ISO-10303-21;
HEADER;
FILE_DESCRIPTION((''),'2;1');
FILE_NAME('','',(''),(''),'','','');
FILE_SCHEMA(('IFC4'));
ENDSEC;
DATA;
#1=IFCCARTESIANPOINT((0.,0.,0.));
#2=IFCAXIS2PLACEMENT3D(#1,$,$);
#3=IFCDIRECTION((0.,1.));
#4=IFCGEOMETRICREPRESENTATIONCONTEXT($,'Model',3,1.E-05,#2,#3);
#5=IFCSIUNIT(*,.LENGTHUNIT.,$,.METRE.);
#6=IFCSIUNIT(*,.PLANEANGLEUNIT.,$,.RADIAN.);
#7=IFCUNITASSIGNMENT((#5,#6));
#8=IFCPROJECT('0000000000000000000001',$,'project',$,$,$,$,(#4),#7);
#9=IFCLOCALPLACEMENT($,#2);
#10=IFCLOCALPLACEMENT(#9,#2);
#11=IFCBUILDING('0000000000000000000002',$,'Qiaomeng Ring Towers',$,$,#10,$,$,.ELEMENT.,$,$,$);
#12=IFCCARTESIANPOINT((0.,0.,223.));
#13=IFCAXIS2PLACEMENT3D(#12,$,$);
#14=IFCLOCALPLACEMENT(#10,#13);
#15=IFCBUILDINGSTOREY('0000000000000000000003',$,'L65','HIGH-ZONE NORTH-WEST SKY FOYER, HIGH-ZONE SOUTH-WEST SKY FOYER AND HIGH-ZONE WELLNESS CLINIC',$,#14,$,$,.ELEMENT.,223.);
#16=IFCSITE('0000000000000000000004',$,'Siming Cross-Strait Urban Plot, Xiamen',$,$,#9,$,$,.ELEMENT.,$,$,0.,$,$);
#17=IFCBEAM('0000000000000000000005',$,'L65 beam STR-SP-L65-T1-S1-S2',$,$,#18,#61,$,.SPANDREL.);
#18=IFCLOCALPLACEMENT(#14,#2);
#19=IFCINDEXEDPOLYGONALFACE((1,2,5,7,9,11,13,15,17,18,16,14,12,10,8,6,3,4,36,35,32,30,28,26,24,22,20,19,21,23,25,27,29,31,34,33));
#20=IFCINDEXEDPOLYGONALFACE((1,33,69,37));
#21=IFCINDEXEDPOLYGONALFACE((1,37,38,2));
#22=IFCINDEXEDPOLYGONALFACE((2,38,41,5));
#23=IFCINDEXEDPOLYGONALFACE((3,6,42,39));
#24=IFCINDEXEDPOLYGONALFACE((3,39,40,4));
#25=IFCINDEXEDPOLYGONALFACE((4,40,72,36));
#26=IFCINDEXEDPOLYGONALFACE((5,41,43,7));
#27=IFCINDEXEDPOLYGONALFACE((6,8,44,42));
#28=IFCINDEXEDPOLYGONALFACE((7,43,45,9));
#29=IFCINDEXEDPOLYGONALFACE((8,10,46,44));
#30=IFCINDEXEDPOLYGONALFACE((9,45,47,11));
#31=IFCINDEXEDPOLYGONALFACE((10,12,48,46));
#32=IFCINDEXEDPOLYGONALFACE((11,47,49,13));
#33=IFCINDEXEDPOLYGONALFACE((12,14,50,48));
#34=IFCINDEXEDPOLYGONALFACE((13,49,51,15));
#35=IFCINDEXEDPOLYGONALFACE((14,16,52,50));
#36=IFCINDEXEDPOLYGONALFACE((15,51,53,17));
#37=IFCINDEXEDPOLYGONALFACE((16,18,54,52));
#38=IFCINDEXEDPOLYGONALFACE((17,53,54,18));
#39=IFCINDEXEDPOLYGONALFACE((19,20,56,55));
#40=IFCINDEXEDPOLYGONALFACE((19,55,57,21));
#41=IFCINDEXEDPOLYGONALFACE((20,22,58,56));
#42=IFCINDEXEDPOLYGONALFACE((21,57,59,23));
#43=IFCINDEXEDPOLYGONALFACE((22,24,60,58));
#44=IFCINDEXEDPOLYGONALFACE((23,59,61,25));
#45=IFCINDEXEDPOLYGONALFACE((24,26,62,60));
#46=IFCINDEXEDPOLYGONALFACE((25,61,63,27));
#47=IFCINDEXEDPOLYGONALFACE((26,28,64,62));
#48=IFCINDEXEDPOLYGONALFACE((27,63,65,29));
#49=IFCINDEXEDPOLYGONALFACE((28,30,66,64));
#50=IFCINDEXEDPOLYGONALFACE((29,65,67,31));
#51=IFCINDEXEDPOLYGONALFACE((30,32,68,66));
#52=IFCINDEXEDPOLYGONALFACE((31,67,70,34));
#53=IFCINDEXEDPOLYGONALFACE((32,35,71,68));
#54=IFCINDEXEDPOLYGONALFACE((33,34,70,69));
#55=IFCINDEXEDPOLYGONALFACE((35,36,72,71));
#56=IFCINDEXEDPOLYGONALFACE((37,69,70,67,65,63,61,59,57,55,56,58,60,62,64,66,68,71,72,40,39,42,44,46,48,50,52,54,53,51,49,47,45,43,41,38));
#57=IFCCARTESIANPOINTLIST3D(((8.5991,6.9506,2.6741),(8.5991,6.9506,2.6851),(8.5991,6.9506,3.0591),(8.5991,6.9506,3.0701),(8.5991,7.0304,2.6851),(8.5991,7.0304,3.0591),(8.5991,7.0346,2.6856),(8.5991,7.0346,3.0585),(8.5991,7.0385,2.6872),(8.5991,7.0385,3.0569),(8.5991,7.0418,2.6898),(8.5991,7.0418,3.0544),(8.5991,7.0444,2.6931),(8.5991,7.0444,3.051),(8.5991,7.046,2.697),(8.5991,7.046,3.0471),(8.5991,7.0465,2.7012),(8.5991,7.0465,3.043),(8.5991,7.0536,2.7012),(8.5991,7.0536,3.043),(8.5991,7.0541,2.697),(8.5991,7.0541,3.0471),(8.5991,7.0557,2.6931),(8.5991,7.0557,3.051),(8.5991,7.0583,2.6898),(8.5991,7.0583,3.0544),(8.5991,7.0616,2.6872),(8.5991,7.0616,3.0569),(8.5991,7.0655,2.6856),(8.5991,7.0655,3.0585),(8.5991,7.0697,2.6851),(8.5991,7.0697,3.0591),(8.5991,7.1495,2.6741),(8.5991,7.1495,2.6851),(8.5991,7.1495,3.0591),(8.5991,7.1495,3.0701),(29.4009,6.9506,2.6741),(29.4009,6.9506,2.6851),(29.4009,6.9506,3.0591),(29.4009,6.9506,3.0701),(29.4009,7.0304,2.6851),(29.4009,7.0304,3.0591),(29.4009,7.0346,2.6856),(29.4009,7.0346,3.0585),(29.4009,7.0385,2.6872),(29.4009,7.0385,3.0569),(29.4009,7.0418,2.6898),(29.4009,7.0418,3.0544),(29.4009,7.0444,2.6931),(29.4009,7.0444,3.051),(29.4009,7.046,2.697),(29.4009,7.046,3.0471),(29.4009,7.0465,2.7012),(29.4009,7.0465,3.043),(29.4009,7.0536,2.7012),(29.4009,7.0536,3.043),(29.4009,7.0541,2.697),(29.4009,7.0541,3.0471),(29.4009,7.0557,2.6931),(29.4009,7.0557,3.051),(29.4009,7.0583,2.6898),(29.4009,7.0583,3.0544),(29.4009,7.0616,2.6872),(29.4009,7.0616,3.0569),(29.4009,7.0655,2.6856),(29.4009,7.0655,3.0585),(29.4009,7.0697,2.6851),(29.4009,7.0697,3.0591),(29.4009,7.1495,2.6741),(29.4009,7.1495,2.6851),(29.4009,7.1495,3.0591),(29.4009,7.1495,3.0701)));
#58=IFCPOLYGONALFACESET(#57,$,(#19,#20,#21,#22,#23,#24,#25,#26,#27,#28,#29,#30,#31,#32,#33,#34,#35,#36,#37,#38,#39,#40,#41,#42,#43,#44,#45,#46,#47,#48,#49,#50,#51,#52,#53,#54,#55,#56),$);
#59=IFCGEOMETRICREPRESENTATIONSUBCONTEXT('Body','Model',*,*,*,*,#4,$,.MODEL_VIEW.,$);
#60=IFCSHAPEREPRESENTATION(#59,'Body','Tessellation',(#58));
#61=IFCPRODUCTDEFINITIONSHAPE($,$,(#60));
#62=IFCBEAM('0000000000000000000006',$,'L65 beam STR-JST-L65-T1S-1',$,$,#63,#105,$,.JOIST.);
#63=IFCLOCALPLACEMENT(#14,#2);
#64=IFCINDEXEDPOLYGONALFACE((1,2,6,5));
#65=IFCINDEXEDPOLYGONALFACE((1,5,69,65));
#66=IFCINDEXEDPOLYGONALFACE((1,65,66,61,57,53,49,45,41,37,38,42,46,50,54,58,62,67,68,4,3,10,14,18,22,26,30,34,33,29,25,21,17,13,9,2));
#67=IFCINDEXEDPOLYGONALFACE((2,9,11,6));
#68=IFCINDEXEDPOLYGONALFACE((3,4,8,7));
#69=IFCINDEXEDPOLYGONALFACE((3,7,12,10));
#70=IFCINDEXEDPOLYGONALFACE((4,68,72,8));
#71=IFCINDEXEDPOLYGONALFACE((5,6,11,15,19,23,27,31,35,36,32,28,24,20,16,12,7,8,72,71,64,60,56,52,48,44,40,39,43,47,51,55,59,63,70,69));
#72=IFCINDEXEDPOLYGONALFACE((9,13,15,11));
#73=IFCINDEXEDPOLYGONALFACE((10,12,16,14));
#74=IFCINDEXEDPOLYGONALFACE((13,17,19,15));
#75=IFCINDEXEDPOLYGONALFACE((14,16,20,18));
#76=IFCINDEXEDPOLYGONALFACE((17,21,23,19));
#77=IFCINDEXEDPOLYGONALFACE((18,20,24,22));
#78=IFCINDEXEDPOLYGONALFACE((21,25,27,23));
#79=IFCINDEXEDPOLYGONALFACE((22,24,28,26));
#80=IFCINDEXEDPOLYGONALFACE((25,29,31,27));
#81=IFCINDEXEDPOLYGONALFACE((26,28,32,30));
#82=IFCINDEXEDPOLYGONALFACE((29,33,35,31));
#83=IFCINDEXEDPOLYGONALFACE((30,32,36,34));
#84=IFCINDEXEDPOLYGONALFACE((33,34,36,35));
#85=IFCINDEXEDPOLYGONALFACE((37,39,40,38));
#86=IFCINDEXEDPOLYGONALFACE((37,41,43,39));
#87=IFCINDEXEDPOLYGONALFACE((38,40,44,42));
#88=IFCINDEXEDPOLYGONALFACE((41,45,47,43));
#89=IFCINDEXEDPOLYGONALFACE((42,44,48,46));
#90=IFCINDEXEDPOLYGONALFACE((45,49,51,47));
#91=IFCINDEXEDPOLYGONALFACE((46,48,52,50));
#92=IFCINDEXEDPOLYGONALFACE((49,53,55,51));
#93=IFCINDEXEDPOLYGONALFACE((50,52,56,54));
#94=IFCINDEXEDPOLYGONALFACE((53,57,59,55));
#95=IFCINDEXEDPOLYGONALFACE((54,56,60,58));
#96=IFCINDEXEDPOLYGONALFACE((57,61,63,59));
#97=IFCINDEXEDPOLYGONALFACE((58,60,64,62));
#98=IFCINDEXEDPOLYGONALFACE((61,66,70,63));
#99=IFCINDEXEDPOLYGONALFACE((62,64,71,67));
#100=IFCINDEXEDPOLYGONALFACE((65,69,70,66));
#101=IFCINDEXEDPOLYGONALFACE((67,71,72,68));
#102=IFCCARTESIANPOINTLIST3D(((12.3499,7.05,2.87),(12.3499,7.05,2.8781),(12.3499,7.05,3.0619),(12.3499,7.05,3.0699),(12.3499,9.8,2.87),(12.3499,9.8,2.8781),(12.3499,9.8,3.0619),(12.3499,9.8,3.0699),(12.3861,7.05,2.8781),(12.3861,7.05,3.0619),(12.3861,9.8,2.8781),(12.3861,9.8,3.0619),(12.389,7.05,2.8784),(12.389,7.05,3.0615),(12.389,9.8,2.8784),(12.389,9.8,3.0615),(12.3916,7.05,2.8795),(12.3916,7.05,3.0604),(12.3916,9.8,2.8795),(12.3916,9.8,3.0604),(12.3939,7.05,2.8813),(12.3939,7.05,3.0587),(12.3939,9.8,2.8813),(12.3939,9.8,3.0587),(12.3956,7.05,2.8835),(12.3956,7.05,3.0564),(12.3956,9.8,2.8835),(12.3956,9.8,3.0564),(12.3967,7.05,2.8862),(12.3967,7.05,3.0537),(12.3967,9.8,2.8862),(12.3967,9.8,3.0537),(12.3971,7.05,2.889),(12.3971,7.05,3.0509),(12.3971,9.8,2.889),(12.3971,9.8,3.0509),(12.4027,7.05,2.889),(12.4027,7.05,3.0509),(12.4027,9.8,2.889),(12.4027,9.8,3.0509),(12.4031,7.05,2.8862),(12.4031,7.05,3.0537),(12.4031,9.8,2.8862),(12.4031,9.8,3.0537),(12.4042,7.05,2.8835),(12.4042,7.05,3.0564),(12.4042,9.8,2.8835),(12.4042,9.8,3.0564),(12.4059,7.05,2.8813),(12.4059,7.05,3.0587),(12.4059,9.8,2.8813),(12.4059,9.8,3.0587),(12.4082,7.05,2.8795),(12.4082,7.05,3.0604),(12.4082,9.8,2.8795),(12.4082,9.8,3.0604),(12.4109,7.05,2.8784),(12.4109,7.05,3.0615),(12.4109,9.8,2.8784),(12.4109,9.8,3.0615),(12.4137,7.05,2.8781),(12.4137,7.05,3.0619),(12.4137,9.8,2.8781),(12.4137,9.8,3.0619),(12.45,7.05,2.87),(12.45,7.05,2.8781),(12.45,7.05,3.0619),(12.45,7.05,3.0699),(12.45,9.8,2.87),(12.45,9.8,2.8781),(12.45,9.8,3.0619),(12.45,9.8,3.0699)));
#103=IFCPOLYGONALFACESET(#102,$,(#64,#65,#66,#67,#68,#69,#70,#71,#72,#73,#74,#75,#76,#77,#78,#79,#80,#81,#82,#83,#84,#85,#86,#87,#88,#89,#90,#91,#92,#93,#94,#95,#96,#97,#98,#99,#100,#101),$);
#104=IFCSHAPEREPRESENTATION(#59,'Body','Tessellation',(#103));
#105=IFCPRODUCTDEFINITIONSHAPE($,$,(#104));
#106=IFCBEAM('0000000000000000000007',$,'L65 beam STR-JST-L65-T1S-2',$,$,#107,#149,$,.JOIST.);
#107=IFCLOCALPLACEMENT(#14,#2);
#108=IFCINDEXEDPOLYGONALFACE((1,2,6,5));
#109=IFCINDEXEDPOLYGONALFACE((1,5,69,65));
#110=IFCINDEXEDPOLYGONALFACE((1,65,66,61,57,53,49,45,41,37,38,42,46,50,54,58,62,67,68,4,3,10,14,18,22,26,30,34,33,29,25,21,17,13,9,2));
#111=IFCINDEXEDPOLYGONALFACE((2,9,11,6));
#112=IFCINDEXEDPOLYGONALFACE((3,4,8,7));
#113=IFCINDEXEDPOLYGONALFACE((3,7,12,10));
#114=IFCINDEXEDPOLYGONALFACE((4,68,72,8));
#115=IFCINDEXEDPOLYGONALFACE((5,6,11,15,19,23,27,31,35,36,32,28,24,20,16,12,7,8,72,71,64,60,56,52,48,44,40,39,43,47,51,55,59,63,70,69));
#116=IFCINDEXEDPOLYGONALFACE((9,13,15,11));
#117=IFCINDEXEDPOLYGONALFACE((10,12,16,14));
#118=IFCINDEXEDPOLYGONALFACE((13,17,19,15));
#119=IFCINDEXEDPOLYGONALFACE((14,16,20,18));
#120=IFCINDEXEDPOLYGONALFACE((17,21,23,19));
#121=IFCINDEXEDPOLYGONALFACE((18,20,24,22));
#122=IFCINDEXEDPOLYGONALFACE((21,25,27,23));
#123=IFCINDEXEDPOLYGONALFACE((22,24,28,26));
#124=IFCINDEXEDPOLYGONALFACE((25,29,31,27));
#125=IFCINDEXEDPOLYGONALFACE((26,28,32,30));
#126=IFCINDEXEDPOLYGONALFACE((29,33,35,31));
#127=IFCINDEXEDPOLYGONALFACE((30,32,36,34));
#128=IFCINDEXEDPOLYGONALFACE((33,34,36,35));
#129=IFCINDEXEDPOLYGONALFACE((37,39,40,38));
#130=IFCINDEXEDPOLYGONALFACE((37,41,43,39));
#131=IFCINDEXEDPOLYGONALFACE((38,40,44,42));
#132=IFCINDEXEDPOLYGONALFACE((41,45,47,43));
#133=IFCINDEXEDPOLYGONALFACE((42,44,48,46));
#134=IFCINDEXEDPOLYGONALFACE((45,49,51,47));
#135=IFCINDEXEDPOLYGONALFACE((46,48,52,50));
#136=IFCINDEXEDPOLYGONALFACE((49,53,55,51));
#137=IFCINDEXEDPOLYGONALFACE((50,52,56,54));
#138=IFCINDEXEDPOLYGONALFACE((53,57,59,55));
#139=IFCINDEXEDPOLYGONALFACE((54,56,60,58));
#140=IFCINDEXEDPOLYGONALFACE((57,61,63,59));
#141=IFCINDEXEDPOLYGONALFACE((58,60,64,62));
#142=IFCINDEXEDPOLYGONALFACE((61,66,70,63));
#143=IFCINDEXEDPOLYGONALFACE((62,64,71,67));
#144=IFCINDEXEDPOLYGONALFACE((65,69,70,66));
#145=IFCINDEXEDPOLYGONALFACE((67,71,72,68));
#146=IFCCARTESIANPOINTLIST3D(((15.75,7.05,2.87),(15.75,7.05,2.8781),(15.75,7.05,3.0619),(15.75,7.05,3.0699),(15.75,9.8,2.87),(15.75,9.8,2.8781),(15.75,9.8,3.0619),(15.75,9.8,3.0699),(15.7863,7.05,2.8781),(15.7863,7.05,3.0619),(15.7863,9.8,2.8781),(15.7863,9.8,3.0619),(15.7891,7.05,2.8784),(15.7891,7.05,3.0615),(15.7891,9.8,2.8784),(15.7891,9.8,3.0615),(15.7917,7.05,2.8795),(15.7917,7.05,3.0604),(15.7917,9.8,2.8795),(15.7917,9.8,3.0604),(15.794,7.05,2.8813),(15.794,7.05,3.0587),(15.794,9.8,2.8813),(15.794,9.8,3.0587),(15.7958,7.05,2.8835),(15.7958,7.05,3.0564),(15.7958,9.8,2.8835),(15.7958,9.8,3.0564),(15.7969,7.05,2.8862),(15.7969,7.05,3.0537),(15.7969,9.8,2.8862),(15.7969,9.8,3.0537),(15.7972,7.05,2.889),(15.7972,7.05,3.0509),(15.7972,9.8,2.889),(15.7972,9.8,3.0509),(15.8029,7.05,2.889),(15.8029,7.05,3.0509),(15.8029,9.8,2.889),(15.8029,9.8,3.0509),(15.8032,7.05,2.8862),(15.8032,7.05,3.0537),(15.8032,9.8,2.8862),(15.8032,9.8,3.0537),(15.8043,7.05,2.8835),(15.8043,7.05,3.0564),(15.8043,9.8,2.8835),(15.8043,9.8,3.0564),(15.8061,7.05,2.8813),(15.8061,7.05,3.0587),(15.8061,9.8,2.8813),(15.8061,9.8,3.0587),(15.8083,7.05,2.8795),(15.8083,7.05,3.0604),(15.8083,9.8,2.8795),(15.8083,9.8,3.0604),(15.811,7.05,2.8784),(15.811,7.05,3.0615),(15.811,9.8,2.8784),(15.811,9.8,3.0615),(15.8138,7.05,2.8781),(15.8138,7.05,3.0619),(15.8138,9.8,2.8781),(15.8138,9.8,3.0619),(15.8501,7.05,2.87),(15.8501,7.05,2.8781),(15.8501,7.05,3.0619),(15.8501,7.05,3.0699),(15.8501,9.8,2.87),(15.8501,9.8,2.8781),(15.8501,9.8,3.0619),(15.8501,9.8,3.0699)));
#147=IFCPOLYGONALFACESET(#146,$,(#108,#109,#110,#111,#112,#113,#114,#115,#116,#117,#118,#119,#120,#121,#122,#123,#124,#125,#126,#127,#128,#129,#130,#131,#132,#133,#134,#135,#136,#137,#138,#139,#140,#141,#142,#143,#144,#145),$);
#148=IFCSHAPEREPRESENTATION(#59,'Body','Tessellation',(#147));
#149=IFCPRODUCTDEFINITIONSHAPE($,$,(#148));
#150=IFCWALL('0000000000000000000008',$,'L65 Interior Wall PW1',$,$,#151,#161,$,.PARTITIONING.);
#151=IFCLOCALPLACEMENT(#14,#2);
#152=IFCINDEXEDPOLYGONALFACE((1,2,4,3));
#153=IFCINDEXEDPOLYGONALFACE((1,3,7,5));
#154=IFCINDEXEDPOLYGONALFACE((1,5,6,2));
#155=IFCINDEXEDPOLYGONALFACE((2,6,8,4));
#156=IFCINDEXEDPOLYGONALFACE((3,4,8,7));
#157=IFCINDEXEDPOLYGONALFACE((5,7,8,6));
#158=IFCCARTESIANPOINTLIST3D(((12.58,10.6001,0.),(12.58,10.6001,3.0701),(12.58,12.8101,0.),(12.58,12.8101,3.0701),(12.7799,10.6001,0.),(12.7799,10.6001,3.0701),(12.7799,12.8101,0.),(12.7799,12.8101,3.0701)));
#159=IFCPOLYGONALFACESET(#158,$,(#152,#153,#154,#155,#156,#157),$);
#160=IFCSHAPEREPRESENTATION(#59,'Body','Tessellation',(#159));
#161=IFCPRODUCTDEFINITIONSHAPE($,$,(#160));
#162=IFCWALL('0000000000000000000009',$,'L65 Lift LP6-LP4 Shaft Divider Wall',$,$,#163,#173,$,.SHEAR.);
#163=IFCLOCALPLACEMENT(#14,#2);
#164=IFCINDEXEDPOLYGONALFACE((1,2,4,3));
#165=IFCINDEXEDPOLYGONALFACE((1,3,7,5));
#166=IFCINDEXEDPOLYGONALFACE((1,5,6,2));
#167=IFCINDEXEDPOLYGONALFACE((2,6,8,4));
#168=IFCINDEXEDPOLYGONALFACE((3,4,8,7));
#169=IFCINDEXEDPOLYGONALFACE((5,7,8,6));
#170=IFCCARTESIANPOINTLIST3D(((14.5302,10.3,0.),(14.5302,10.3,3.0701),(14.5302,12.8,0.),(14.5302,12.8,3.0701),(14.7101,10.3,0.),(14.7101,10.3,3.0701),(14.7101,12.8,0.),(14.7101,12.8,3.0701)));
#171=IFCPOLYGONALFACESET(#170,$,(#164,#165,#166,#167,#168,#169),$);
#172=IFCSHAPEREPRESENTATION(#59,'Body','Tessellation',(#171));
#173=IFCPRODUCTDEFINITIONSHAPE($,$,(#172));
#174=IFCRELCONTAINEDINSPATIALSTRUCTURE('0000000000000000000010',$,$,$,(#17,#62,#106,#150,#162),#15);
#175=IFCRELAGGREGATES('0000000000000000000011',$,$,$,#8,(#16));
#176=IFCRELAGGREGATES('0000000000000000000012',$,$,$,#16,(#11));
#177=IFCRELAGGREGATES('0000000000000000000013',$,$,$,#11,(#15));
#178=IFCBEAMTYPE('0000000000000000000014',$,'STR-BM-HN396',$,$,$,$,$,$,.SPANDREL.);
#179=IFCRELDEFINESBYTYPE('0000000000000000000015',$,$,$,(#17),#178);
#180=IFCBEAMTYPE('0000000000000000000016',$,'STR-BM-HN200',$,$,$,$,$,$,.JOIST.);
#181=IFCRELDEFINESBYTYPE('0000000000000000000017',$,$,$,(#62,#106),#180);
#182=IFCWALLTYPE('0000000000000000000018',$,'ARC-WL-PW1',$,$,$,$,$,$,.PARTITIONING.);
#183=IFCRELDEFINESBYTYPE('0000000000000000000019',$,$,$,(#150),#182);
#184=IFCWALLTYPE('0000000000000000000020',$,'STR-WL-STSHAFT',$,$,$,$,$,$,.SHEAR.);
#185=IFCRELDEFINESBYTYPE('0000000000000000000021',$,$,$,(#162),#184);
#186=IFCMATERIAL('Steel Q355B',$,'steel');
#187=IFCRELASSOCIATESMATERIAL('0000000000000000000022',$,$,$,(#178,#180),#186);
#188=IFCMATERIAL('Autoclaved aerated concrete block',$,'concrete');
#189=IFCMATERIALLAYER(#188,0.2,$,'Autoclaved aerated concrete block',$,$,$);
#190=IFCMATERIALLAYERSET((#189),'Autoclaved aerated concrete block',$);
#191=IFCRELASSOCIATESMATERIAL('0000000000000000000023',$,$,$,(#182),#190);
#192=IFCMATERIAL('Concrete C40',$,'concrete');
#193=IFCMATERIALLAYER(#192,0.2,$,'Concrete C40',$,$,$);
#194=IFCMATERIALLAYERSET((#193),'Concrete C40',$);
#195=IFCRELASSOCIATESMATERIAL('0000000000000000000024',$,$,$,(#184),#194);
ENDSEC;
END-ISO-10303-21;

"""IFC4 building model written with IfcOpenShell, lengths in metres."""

from ifc_helpers import new_model, si_unit, direction, frame, frame_2d, origin, origin_2d, place, context, subcontext, project, spatial, rectangle, i_section, extrude, source, transform, mapped, material, layer, layer_set, material_profile, profile_set, type_object, element, save


model = new_model("IFC4")

# Units and contexts
model_context = context("Model", 3, precision=1e-05, world=origin(), true_north=direction((0.0, 1.0)))
body_context = subcontext(model_context, "Body", "Model", "MODEL_VIEW")
ifc_project = project(units=[si_unit("LENGTHUNIT", "METRE"), si_unit("PLANEANGLEUNIT", "RADIAN")], contexts=[model_context])

# Site, building, storey
site_placement = place(None, origin())
site = spatial("IfcSite", under=ifc_project, at=site_placement, Name="Siming Cross-Strait Urban Plot, Xiamen", CompositionType="ELEMENT", RefElevation=0.0)
building_placement = place(site_placement, origin())
building = spatial("IfcBuilding", under=site, at=building_placement, Name="Qiaomeng Ring Towers", CompositionType="ELEMENT")
storey_placement = place(building_placement, frame((0.0, 0.0, 223.0)))
storey = spatial("IfcBuildingStorey", under=building, at=storey_placement, Name="L65", Description="HIGH-ZONE NORTH-WEST SKY FOYER, HIGH-ZONE SOUTH-WEST SKY FOYER AND HIGH-ZONE WELLNESS CLINIC", CompositionType="ELEMENT", Elevation=223.0)

# Beams
ifc_material_1 = material(Name="Steel Q355B", Category="steel")
ifc_material_profile_1 = material_profile(ifc_material_1, i_section(OverallWidth=0.199, OverallDepth=0.396, WebThickness=0.0071, FlangeThickness=0.011, FilletRadius=0.0161, at=origin_2d()), Name="HN 396x199x7x11")
ifc_profile_set_1 = profile_set([ifc_material_profile_1], Name="Steel Q355B")
beam_type_1 = type_object("IfcBeamType", Name="STR-BM-HN396", PredefinedType="SPANDREL", material=ifc_profile_set_1)
shared_shape_1 = source(origin(), body_context, "Body", "SweptSolid", [
    extrude(i_section(OverallWidth=0.199, OverallDepth=0.396, WebThickness=0.0071, FlangeThickness=0.011, FilletRadius=0.0161, at=origin_2d()), origin(), (0.0, 0.0, 1.0), 20.8018),
])
beam_placement = place(storey_placement, frame((8.5991, 7.05, 2.8721), z_axis=(1.0, 0.0, 0.0), x_axis=(0.0, 1.0, 0.0)))
element("IfcBeam", 1, at=beam_placement, inside=storey, type_object=beam_type_1, Name="L65 beam STR-SP-L65-T1-S1-S2", PredefinedType="SPANDREL", context=body_context, shape_type="MappedRepresentation", body=[
    mapped(shared_shape_1, transform((0.0, 0.0, 0.0), x_axis=(1.0, 0.0, 0.0), y_axis=(0.0, 1.0, 0.0), z_axis=(0.0, 0.0, 1.0), scale=1.0)),
])
ifc_material_profile_2 = material_profile(ifc_material_1, i_section(OverallWidth=0.1001, OverallDepth=0.2, WebThickness=0.0056, FlangeThickness=0.0081, FilletRadius=0.011, at=origin_2d()), Name="HN 200x100x5.5x8")
ifc_profile_set_2 = profile_set([ifc_material_profile_2], Name="Steel Q355B")
beam_type_2 = type_object("IfcBeamType", Name="STR-BM-HN200", PredefinedType="JOIST", material=ifc_profile_set_2)
shared_shape_2 = source(origin(), body_context, "Body", "SweptSolid", [
    extrude(i_section(OverallWidth=0.1001, OverallDepth=0.2, WebThickness=0.0056, FlangeThickness=0.0081, FilletRadius=0.011, at=origin_2d()), origin(), (0.0, 0.0, 1.0), 2.75),
])
for number, where, z_axis, x_axis, name in (
    (2, (12.3999, 7.05, 2.97), (0.0, 1.0, 0.0), (-1.0, 0.0, 0.0), "L65 beam STR-JST-L65-T1S-1"),
    (3, (15.8, 7.05, 2.97), (0.0, 1.0, 0.0), (-1.0, 0.0, 0.0), "L65 beam STR-JST-L65-T1S-2"),
):
    element("IfcBeam", number, at=place(storey_placement, frame(where, z_axis=z_axis, x_axis=x_axis)), inside=storey, type_object=beam_type_2, Name=name, PredefinedType="JOIST", context=body_context, shape_type="MappedRepresentation", body=[
        mapped(shared_shape_2, transform((0.0, 0.0, 0.0), x_axis=(1.0, 0.0, 0.0), y_axis=(0.0, 1.0, 0.0), z_axis=(0.0, 0.0, 1.0), scale=1.0)),
    ])

# Walls
ifc_material_2 = material(Name="Autoclaved aerated concrete block", Category="concrete")
ifc_layer_1 = layer(ifc_material_2, 0.2, Name="Autoclaved aerated concrete block")
ifc_layer_set_1 = layer_set([ifc_layer_1], Name="Autoclaved aerated concrete block")
wall_type_1 = type_object("IfcWallType", Name="ARC-WL-PW1", PredefinedType="PARTITIONING", material=ifc_layer_set_1)
wall_1_placement = place(storey_placement, frame((12.6799, 10.6001, 0.0), z_axis=(0.0, 0.0, 1.0), x_axis=(0.0, 1.0, 0.0)))
element("IfcWall", 4, at=wall_1_placement, inside=storey, type_object=wall_type_1, Name="L65 Interior Wall PW1", PredefinedType="PARTITIONING", context=body_context, shape_type="SweptSolid", body=[
    extrude(rectangle(XDim=2.21, YDim=0.2, at=frame_2d((1.105, 0.0))), origin(), (0.0, 0.0, 1.0), 3.0701),
])
ifc_material_3 = material(Name="Concrete C40", Category="concrete")
ifc_layer_2 = layer(ifc_material_3, 0.2, Name="Concrete C40")
ifc_layer_set_2 = layer_set([ifc_layer_2], Name="Concrete C40")
wall_type_2 = type_object("IfcWallType", Name="STR-WL-STSHAFT", PredefinedType="SHEAR", material=ifc_layer_set_2)
wall_2_placement = place(storey_placement, frame((14.6201, 10.3, 0.0), z_axis=(0.0, 0.0, 1.0), x_axis=(0.0, 1.0, 0.0)))
element("IfcWall", 5, at=wall_2_placement, inside=storey, type_object=wall_type_2, Name="L65 Lift LP6-LP4 Shaft Divider Wall", PredefinedType="SHEAR", context=body_context, shape_type="SweptSolid", body=[
    extrude(rectangle(XDim=2.5, YDim=0.1799, at=frame_2d((1.25, 0.0))), origin(), (0.0, 0.0, 1.0), 3.0701),
])

save(model, "model.ifc")
